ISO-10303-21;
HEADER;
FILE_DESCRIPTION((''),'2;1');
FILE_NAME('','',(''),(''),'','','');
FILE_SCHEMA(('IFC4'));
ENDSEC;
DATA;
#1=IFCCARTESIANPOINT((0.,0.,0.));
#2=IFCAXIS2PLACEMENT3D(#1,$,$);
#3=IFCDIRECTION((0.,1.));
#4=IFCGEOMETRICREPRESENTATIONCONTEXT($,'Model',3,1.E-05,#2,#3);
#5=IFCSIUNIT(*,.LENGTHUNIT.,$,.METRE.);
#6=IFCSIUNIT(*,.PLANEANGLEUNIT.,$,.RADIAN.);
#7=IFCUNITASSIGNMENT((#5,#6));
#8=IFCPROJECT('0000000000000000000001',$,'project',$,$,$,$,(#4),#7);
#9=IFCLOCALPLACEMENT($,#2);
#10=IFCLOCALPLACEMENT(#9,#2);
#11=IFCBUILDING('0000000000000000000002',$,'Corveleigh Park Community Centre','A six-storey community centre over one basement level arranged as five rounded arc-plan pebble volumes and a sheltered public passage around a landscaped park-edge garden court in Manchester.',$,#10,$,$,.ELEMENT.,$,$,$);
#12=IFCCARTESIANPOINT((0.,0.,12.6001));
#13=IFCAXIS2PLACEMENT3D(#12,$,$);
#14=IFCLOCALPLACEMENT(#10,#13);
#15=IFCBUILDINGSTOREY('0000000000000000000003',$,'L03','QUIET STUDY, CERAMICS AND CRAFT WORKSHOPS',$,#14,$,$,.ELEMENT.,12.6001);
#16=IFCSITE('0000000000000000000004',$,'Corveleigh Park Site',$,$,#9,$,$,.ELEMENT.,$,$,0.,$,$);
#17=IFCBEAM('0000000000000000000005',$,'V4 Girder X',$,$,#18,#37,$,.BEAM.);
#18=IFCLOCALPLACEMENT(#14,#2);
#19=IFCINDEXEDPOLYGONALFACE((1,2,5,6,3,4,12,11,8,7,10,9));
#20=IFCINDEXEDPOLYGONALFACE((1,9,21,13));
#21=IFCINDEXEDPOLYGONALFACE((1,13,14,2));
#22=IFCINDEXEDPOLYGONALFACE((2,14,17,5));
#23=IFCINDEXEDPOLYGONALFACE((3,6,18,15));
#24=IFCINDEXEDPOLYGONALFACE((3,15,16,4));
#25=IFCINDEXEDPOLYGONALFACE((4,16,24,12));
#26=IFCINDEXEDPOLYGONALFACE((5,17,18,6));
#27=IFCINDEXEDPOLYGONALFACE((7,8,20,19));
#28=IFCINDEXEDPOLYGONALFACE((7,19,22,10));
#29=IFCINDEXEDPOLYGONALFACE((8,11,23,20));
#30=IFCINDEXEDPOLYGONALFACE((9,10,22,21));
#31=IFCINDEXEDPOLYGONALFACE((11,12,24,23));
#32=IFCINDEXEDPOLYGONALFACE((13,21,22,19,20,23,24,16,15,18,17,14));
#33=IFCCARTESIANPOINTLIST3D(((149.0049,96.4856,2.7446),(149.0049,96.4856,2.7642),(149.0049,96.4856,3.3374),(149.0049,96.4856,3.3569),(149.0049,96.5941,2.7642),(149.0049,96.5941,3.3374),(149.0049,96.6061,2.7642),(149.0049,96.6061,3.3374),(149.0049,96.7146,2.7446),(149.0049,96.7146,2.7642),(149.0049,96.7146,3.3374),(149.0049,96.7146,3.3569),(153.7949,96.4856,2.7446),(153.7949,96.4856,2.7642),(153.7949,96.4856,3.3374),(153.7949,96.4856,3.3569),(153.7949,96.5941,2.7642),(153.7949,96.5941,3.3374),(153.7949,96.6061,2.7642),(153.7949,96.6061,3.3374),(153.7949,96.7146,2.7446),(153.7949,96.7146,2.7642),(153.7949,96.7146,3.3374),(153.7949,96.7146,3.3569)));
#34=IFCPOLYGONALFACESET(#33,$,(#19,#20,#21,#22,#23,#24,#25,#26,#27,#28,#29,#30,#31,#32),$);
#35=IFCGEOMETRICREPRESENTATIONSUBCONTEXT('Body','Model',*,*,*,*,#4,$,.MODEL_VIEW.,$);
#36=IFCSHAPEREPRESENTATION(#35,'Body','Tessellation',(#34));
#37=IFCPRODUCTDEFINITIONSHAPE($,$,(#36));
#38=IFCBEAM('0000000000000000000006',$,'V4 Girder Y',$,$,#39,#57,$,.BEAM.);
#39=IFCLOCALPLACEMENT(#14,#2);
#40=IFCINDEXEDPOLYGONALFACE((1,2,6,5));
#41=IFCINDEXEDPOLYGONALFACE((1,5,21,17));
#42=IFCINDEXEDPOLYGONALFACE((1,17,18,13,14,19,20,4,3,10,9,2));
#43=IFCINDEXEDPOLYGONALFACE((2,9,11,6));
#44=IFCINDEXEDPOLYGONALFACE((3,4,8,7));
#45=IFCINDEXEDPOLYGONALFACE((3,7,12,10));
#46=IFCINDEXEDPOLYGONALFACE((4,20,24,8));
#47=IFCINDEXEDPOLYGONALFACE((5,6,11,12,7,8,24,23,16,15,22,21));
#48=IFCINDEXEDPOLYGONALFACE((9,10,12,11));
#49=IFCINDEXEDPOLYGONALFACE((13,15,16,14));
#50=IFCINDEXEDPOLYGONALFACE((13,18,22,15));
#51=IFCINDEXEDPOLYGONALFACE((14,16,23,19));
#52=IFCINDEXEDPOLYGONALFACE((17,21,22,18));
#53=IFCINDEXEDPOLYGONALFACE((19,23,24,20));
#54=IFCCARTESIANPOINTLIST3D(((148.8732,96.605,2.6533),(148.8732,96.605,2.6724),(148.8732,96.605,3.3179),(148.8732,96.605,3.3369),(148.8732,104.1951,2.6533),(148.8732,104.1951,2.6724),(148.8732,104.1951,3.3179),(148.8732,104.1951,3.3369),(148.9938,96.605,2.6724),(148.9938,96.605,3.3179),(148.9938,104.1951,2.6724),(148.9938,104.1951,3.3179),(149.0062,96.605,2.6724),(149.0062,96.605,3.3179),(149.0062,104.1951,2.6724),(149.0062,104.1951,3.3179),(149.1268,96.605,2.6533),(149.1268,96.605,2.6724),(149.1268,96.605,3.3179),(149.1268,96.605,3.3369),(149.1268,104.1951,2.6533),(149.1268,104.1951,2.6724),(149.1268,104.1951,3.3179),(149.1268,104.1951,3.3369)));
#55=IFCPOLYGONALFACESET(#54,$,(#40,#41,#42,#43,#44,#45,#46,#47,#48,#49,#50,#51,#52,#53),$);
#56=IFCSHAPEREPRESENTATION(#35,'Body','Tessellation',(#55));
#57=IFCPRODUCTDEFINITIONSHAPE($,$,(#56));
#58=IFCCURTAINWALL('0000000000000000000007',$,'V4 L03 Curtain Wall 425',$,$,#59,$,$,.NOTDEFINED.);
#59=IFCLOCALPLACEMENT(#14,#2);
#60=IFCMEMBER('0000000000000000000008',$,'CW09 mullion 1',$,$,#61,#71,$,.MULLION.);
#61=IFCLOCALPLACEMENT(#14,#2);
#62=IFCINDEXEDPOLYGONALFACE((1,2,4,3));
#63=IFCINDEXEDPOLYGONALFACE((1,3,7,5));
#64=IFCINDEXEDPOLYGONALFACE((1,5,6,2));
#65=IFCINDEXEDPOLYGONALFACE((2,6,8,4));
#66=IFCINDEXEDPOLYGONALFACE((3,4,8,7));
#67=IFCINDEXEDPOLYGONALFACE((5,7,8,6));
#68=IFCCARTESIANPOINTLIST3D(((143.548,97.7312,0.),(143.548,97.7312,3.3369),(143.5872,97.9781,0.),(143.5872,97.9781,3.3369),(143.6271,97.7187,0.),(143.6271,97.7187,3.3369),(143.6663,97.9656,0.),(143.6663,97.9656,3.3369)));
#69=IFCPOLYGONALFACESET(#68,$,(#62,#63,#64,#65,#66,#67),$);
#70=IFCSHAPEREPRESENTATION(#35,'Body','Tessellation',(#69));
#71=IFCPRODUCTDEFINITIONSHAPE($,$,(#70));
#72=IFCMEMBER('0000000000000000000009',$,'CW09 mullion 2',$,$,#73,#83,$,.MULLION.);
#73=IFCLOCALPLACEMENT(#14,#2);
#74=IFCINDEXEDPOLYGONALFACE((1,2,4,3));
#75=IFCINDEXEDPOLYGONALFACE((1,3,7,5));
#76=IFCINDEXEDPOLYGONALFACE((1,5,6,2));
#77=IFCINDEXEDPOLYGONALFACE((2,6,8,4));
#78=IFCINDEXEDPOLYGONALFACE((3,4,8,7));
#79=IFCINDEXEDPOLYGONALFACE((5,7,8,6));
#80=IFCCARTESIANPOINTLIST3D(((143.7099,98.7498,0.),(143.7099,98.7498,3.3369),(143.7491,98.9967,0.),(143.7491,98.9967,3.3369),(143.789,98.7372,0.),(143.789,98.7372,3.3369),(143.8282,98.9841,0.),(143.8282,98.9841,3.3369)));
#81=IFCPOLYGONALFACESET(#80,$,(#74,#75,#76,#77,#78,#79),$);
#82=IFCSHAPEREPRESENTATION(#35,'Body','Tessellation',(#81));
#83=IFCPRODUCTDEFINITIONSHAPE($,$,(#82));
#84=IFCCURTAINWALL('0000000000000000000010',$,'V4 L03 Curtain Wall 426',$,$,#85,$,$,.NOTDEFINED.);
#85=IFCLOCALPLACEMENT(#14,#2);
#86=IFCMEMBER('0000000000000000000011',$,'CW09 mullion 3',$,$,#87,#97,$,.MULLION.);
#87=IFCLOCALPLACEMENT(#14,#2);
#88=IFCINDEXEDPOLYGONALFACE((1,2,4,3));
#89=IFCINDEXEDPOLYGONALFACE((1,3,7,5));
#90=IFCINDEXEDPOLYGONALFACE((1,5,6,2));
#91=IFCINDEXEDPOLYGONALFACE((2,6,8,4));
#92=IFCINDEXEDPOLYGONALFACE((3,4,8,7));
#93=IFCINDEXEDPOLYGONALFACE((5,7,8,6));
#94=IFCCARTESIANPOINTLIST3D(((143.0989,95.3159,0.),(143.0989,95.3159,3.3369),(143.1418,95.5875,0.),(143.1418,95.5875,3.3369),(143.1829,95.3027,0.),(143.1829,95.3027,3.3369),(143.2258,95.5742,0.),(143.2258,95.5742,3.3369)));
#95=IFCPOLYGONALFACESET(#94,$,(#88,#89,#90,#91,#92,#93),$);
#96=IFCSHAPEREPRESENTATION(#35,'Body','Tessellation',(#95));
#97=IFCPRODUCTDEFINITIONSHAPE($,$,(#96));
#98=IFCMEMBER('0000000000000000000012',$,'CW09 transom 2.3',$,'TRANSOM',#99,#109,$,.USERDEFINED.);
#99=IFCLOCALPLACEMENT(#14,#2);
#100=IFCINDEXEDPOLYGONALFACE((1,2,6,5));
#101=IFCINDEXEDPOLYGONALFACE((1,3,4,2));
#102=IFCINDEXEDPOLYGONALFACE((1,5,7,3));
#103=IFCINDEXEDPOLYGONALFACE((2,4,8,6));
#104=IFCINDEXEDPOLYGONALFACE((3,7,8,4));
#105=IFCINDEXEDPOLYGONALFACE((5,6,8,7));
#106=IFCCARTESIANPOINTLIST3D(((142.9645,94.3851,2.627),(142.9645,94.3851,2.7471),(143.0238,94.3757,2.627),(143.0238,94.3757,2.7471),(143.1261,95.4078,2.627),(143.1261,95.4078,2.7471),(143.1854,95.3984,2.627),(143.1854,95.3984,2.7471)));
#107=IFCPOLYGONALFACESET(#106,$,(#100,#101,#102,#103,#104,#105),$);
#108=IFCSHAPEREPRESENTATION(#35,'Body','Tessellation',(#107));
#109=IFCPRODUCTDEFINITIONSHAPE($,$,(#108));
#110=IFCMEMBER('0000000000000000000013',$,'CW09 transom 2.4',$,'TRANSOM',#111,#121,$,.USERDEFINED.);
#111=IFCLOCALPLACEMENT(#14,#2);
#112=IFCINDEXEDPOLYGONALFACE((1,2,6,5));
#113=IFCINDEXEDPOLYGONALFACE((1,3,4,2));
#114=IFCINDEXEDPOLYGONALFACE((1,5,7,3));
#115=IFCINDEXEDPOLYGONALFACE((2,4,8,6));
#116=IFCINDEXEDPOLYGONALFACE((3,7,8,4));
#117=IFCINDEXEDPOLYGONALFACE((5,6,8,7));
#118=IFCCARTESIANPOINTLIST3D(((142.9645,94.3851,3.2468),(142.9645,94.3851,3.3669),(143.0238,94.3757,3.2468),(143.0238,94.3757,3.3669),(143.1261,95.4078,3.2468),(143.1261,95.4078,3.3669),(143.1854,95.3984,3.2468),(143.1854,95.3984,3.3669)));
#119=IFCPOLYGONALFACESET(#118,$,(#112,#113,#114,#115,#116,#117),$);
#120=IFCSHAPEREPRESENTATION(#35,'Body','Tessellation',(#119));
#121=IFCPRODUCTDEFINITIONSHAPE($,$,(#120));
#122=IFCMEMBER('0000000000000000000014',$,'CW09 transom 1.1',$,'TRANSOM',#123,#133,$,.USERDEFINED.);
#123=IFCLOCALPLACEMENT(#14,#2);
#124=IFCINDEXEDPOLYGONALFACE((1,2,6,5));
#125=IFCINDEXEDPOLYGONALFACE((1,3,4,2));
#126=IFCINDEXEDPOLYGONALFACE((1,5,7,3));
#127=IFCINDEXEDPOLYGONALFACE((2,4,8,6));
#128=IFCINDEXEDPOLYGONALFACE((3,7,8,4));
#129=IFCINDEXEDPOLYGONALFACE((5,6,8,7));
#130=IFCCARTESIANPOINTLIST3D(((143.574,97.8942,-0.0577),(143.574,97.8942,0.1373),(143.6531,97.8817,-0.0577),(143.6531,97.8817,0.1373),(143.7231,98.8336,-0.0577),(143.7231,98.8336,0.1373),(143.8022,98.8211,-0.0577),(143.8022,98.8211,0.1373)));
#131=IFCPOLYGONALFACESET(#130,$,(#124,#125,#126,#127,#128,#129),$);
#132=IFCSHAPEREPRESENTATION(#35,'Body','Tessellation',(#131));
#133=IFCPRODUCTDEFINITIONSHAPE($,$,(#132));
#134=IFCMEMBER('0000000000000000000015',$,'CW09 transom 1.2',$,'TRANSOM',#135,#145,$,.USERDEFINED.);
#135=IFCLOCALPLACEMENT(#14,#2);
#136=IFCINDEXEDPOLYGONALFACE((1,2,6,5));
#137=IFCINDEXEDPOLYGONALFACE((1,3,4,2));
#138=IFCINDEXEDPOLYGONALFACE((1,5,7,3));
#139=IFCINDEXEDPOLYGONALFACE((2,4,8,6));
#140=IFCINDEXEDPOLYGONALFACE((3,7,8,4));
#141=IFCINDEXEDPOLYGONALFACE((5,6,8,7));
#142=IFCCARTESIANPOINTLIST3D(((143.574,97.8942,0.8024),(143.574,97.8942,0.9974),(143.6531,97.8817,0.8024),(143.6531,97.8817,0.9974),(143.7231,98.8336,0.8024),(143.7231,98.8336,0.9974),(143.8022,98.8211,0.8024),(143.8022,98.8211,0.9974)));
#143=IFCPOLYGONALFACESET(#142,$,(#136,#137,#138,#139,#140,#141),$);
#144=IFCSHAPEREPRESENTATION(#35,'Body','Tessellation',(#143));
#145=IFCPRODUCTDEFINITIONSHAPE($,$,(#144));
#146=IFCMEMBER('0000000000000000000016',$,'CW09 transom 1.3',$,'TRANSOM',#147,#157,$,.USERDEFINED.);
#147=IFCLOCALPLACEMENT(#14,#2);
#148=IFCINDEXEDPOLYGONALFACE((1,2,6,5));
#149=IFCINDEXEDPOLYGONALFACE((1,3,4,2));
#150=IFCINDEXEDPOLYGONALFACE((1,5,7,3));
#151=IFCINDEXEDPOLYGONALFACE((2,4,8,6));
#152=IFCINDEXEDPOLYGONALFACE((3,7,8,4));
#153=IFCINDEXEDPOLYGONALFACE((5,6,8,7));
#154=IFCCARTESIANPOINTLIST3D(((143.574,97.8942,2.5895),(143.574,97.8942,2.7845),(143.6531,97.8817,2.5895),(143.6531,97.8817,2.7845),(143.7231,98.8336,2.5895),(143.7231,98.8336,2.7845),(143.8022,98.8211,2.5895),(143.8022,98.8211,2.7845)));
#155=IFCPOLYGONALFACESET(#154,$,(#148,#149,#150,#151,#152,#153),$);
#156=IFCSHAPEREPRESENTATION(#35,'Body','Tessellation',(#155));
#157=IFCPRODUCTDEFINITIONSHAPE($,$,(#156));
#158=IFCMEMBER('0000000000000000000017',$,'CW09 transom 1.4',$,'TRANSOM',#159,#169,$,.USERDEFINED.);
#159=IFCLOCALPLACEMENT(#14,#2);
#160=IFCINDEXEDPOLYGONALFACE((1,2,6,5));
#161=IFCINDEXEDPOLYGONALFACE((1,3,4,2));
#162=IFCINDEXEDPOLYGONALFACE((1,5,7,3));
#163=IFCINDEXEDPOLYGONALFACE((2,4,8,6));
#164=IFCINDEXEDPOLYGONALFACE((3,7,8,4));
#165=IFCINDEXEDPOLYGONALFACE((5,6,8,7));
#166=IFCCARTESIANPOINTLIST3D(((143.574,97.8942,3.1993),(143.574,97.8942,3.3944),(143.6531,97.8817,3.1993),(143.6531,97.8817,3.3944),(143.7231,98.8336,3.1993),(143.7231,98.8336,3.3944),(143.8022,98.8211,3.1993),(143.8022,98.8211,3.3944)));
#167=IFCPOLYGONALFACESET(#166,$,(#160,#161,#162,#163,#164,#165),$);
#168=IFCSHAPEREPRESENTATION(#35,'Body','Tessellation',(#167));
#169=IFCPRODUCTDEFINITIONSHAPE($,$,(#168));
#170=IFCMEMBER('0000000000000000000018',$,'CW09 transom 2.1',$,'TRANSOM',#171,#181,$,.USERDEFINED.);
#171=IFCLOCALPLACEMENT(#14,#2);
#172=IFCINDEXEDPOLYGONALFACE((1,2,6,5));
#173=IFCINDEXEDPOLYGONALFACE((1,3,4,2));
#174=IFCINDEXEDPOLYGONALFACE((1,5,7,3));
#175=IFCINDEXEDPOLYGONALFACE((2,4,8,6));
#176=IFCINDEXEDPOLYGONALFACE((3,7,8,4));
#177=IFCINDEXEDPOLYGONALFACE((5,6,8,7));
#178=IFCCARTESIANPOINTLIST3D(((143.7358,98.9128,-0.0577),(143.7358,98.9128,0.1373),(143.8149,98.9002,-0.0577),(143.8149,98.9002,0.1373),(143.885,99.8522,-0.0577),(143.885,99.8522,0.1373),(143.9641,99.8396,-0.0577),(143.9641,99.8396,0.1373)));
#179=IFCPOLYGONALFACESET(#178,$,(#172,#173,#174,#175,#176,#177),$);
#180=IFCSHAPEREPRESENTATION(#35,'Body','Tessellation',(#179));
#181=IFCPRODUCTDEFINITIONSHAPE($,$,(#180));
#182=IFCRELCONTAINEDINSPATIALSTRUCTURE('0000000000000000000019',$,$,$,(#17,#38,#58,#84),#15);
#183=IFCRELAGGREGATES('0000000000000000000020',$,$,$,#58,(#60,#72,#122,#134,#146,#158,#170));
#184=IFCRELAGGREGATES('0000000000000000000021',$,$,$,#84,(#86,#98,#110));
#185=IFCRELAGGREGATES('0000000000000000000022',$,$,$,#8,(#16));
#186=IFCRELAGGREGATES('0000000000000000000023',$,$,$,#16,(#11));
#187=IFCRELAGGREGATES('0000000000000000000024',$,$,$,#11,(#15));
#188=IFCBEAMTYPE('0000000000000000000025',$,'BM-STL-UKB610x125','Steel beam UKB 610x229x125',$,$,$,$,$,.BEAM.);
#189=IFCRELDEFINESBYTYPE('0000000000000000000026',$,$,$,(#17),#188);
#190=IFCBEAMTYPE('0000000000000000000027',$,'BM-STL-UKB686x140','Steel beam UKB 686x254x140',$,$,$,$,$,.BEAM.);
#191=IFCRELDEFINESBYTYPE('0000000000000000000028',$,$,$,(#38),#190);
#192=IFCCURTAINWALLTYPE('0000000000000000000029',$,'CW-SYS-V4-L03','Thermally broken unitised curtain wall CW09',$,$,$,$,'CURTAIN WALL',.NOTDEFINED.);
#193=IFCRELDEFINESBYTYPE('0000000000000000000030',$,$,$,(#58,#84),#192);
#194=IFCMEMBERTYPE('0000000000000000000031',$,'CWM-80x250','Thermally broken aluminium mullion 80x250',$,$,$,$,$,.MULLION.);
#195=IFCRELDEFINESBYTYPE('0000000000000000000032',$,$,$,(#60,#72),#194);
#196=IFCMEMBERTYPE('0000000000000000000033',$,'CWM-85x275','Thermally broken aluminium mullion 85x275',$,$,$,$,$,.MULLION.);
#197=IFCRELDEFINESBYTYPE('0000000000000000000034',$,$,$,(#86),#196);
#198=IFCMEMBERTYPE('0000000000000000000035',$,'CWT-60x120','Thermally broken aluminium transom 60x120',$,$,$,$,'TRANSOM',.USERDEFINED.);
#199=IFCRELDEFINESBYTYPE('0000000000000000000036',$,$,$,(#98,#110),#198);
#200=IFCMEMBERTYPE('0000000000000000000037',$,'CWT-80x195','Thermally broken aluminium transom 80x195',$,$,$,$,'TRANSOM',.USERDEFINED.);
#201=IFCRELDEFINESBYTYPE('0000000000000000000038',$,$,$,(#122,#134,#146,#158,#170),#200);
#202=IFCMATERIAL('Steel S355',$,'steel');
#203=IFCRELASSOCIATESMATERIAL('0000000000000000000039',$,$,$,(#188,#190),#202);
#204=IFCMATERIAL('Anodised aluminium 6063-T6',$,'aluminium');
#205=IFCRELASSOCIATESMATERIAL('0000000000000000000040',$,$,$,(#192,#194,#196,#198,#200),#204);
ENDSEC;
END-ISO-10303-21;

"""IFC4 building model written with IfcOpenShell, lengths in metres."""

from ifc_helpers import new_model, si_unit, direction, frame, origin, origin_2d, place, context, subcontext, project, spatial, rectangle, i_section, extrude, material, material_profile, profile_set, type_object, element, aggregate, save


model = new_model("IFC4")

# Units and contexts
model_context = context("Model", 3, precision=1e-05, world=origin(), true_north=direction((0.0, 1.0)))
body_context = subcontext(model_context, "Body", "Model", "MODEL_VIEW")
ifc_project = project(units=[si_unit("LENGTHUNIT", "METRE"), si_unit("PLANEANGLEUNIT", "RADIAN")], contexts=[model_context])

# Site, building, storey
site_placement = place(None, origin())
site = spatial("IfcSite", under=ifc_project, at=site_placement, Name="Corveleigh Park Site", CompositionType="ELEMENT", RefElevation=0.0)
building_placement = place(site_placement, origin())
building = spatial("IfcBuilding", under=site, at=building_placement, Name="Corveleigh Park Community Centre", Description="A six-storey community centre over one basement level arranged as five rounded arc-plan pebble volumes and a sheltered public passage around a landscaped park-edge garden court in Manchester.", CompositionType="ELEMENT")
storey_placement = place(building_placement, frame((0.0, 0.0, 12.6001)))
storey = spatial("IfcBuildingStorey", under=building, at=storey_placement, Name="L03", Description="QUIET STUDY, CERAMICS AND CRAFT WORKSHOPS", CompositionType="ELEMENT", Elevation=12.6001)

# Shared definitions
ifc_material_1 = material(Name="Steel S355", Category="steel")

# Beams
ifc_material_profile_1 = material_profile(ifc_material_1, i_section(OverallWidth=0.229, OverallDepth=0.6123, WebThickness=0.012, FlangeThickness=0.0195, at=origin_2d()), Name="UKB 610x229x125", Category="steel")
ifc_profile_set_1 = profile_set([ifc_material_profile_1], Name="Steel S355")
beam_type_1 = type_object("IfcBeamType", Name="BM-STL-UKB610x125", Description="Steel beam UKB 610x229x125", PredefinedType="BEAM", material=ifc_profile_set_1)
beam_1_placement = place(storey_placement, frame((149.0049, 96.6001, 3.0508), z_axis=(1.0, 0.0, 0.0), x_axis=(0.0, 1.0, 0.0)))
element("IfcBeam", 1, at=beam_1_placement, inside=storey, type_object=beam_type_1, Name="V4 Girder X", PredefinedType="BEAM", context=body_context, shape_type="SweptSolid", body=[
    extrude(i_section(OverallWidth=0.229, OverallDepth=0.6123, WebThickness=0.012, FlangeThickness=0.0195, at=origin_2d()), origin(), (0.0, 0.0, 1.0), 4.79),
])
ifc_material_profile_2 = material_profile(ifc_material_1, i_section(OverallWidth=0.2537, OverallDepth=0.6836, WebThickness=0.0125, FlangeThickness=0.019, at=origin_2d()), Name="UKB 686x254x140", Category="steel")
ifc_profile_set_2 = profile_set([ifc_material_profile_2], Name="Steel S355")
beam_type_2 = type_object("IfcBeamType", Name="BM-STL-UKB686x140", Description="Steel beam UKB 686x254x140", PredefinedType="BEAM", material=ifc_profile_set_2)
beam_2_placement = place(storey_placement, frame((149.0, 96.605, 2.9951), z_axis=(0.0, 1.0, 0.0), x_axis=(-1.0, 0.0, 0.0)))
element("IfcBeam", 2, at=beam_2_placement, inside=storey, type_object=beam_type_2, Name="V4 Girder Y", PredefinedType="BEAM", context=body_context, shape_type="SweptSolid", body=[
    extrude(i_section(OverallWidth=0.2537, OverallDepth=0.6836, WebThickness=0.0125, FlangeThickness=0.019, at=origin_2d()), origin(), (0.0, 0.0, 1.0), 7.5901),
])

# Curtain walls, members
ifc_material_2 = material(Name="Anodised aluminium 6063-T6", Category="aluminium")
curtain_wall_type = type_object("IfcCurtainWallType", Name="CW-SYS-V4-L03", Description="Thermally broken unitised curtain wall CW09", ElementType="CURTAIN WALL", PredefinedType="NOTDEFINED", material=ifc_material_2)
curtain_wall_1_placement = place(storey_placement, origin())
curtain_wall_1 = element("IfcCurtainWall", 3, at=curtain_wall_1_placement, inside=storey, type_object=curtain_wall_type, Name="V4 L03 Curtain Wall 425", PredefinedType="NOTDEFINED")
ifc_material_profile_3 = material_profile(ifc_material_2, rectangle(XDim=0.0801, YDim=0.25, at=origin_2d()), Name="ALU-M80x250", Category="aluminium")
ifc_profile_set_3 = profile_set([ifc_material_profile_3], Name="Anodised aluminium 6063-T6")
member_type_1 = type_object("IfcMemberType", Name="CWM-80x250", Description="Thermally broken aluminium mullion 80x250", PredefinedType="MULLION", material=ifc_profile_set_3)
member_1_placement = place(storey_placement, frame((143.6072, 97.8484, 0.0), z_axis=(0.0, 0.0, 1.0), x_axis=(-0.987626, 0.156825, 0.0)))
member_1 = element("IfcMember", 4, at=member_1_placement, type_object=member_type_1, Name="CW09 mullion 1", PredefinedType="MULLION", context=body_context, shape_type="SweptSolid", body=[
    extrude(rectangle(XDim=0.0801, YDim=0.25, at=origin_2d()), origin(), (0.0, 0.0, 1.0), 3.3369),
])
member_2_placement = place(storey_placement, frame((143.769, 98.8669, 0.0), z_axis=(0.0, 0.0, 1.0), x_axis=(-0.987626, 0.156825, 0.0)))
member_2 = element("IfcMember", 5, at=member_2_placement, type_object=member_type_1, Name="CW09 mullion 2", PredefinedType="MULLION", context=body_context, shape_type="SweptSolid", body=[
    extrude(rectangle(XDim=0.0801, YDim=0.25, at=origin_2d()), origin(), (0.0, 0.0, 1.0), 3.3369),
])
curtain_wall_2_placement = place(storey_placement, origin())
curtain_wall_2 = element("IfcCurtainWall", 6, at=curtain_wall_2_placement, inside=storey, type_object=curtain_wall_type, Name="V4 L03 Curtain Wall 426", PredefinedType="NOTDEFINED")
ifc_material_profile_4 = material_profile(ifc_material_2, rectangle(XDim=0.085, YDim=0.2749, at=origin_2d()), Name="ALU-M85x275", Category="aluminium")
ifc_profile_set_4 = profile_set([ifc_material_profile_4], Name="Anodised aluminium 6063-T6")
member_type_2 = type_object("IfcMemberType", Name="CWM-85x275", Description="Thermally broken aluminium mullion 85x275", PredefinedType="MULLION", material=ifc_profile_set_4)
member_3_placement = place(storey_placement, frame((143.1624, 95.4451, 0.0), z_axis=(0.0, 0.0, 1.0), x_axis=(-0.987742, 0.156095, 0.0)))
member_3 = element("IfcMember", 7, at=member_3_placement, type_object=member_type_2, Name="CW09 mullion 3", PredefinedType="MULLION", context=body_context, shape_type="SweptSolid", body=[
    extrude(rectangle(XDim=0.085, YDim=0.2749, at=origin_2d()), origin(), (0.0, 0.0, 1.0), 3.3369),
])
ifc_material_profile_5 = material_profile(ifc_material_2, rectangle(XDim=0.0601, YDim=0.1201, at=origin_2d()), Name="ALU-T60x120", Category="aluminium")
ifc_profile_set_5 = profile_set([ifc_material_profile_5], Name="Anodised aluminium 6063-T6")
member_type_3 = type_object("IfcMemberType", Name="CWT-60x120", Description="Thermally broken aluminium transom 60x120", ElementType="TRANSOM", PredefinedType="USERDEFINED", material=ifc_profile_set_5)
member_4_placement = place(storey_placement, frame((142.9941, 94.3804, 2.687), z_axis=(0.156096, 0.987742, 0.0), x_axis=(-0.987742, 0.156096, 0.0)))
member_4 = element("IfcMember", 8, at=member_4_placement, type_object=member_type_3, Name="CW09 transom 2.3", ObjectType="TRANSOM", PredefinedType="USERDEFINED", context=body_context, shape_type="SweptSolid", body=[
    extrude(rectangle(XDim=0.0601, YDim=0.1201, at=origin_2d()), origin(), (0.0, 0.0, 1.0), 1.0354),
])
member_5_placement = place(storey_placement, frame((142.9941, 94.3804, 3.3069), z_axis=(0.156096, 0.987742, 0.0), x_axis=(-0.987742, 0.156096, 0.0)))
member_5 = element("IfcMember", 9, at=member_5_placement, type_object=member_type_3, Name="CW09 transom 2.4", ObjectType="TRANSOM", PredefinedType="USERDEFINED", context=body_context, shape_type="SweptSolid", body=[
    extrude(rectangle(XDim=0.0601, YDim=0.1201, at=origin_2d()), origin(), (0.0, 0.0, 1.0), 1.0354),
])

# Members
ifc_material_profile_6 = material_profile(ifc_material_2, rectangle(XDim=0.0801, YDim=0.1951, at=origin_2d()), Name="ALU-T80x195", Category="aluminium")
ifc_profile_set_6 = profile_set([ifc_material_profile_6], Name="Anodised aluminium 6063-T6")
member_type_4 = type_object("IfcMemberType", Name="CWT-80x195", Description="Thermally broken aluminium transom 80x195", ElementType="TRANSOM", PredefinedType="USERDEFINED", material=ifc_profile_set_6)
member_6_placement = place(storey_placement, frame((143.6135, 97.8879, 0.0398), z_axis=(0.156819, 0.987627, 0.0), x_axis=(-0.987627, 0.156819, 0.0)))
member_6 = element("IfcMember", 10, at=member_6_placement, type_object=member_type_4, Name="CW09 transom 1.1", ObjectType="TRANSOM", PredefinedType="USERDEFINED", context=body_context, shape_type="SweptSolid", body=[
    extrude(rectangle(XDim=0.0801, YDim=0.1951, at=origin_2d()), origin(), (0.0, 0.0, 1.0), 0.9512),
])
member_7_placement = place(storey_placement, frame((143.6135, 97.8879, 0.8999), z_axis=(0.156819, 0.987627, 0.0), x_axis=(-0.987627, 0.156819, 0.0)))
member_7 = element("IfcMember", 11, at=member_7_placement, type_object=member_type_4, Name="CW09 transom 1.2", ObjectType="TRANSOM", PredefinedType="USERDEFINED", context=body_context, shape_type="SweptSolid", body=[
    extrude(rectangle(XDim=0.0801, YDim=0.1951, at=origin_2d()), origin(), (0.0, 0.0, 1.0), 0.9512),
])
member_8_placement = place(storey_placement, frame((143.6135, 97.8879, 2.687), z_axis=(0.156819, 0.987627, 0.0), x_axis=(-0.987627, 0.156819, 0.0)))
member_8 = element("IfcMember", 12, at=member_8_placement, type_object=member_type_4, Name="CW09 transom 1.3", ObjectType="TRANSOM", PredefinedType="USERDEFINED", context=body_context, shape_type="SweptSolid", body=[
    extrude(rectangle(XDim=0.0801, YDim=0.1951, at=origin_2d()), origin(), (0.0, 0.0, 1.0), 0.9512),
])
member_9_placement = place(storey_placement, frame((143.6135, 97.8879, 3.2969), z_axis=(0.156819, 0.987627, 0.0), x_axis=(-0.987627, 0.156819, 0.0)))
member_9 = element("IfcMember", 13, at=member_9_placement, type_object=member_type_4, Name="CW09 transom 1.4", ObjectType="TRANSOM", PredefinedType="USERDEFINED", context=body_context, shape_type="SweptSolid", body=[
    extrude(rectangle(XDim=0.0801, YDim=0.1951, at=origin_2d()), origin(), (0.0, 0.0, 1.0), 0.9512),
])
member_10_placement = place(storey_placement, frame((143.7754, 98.9065, 0.0398), z_axis=(0.156819, 0.987627, 0.0), x_axis=(-0.987627, 0.156819, 0.0)))
member_10 = element("IfcMember", 14, at=member_10_placement, type_object=member_type_4, Name="CW09 transom 2.1", ObjectType="TRANSOM", PredefinedType="USERDEFINED", context=body_context, shape_type="SweptSolid", body=[
    extrude(rectangle(XDim=0.0801, YDim=0.1951, at=origin_2d()), origin(), (0.0, 0.0, 1.0), 0.9512),
])

aggregate(curtain_wall_1, [member_1, member_2, member_6, member_7, member_8, member_9, member_10])
aggregate(curtain_wall_2, [member_3, member_4, member_5])

save(model, "model.ifc")
